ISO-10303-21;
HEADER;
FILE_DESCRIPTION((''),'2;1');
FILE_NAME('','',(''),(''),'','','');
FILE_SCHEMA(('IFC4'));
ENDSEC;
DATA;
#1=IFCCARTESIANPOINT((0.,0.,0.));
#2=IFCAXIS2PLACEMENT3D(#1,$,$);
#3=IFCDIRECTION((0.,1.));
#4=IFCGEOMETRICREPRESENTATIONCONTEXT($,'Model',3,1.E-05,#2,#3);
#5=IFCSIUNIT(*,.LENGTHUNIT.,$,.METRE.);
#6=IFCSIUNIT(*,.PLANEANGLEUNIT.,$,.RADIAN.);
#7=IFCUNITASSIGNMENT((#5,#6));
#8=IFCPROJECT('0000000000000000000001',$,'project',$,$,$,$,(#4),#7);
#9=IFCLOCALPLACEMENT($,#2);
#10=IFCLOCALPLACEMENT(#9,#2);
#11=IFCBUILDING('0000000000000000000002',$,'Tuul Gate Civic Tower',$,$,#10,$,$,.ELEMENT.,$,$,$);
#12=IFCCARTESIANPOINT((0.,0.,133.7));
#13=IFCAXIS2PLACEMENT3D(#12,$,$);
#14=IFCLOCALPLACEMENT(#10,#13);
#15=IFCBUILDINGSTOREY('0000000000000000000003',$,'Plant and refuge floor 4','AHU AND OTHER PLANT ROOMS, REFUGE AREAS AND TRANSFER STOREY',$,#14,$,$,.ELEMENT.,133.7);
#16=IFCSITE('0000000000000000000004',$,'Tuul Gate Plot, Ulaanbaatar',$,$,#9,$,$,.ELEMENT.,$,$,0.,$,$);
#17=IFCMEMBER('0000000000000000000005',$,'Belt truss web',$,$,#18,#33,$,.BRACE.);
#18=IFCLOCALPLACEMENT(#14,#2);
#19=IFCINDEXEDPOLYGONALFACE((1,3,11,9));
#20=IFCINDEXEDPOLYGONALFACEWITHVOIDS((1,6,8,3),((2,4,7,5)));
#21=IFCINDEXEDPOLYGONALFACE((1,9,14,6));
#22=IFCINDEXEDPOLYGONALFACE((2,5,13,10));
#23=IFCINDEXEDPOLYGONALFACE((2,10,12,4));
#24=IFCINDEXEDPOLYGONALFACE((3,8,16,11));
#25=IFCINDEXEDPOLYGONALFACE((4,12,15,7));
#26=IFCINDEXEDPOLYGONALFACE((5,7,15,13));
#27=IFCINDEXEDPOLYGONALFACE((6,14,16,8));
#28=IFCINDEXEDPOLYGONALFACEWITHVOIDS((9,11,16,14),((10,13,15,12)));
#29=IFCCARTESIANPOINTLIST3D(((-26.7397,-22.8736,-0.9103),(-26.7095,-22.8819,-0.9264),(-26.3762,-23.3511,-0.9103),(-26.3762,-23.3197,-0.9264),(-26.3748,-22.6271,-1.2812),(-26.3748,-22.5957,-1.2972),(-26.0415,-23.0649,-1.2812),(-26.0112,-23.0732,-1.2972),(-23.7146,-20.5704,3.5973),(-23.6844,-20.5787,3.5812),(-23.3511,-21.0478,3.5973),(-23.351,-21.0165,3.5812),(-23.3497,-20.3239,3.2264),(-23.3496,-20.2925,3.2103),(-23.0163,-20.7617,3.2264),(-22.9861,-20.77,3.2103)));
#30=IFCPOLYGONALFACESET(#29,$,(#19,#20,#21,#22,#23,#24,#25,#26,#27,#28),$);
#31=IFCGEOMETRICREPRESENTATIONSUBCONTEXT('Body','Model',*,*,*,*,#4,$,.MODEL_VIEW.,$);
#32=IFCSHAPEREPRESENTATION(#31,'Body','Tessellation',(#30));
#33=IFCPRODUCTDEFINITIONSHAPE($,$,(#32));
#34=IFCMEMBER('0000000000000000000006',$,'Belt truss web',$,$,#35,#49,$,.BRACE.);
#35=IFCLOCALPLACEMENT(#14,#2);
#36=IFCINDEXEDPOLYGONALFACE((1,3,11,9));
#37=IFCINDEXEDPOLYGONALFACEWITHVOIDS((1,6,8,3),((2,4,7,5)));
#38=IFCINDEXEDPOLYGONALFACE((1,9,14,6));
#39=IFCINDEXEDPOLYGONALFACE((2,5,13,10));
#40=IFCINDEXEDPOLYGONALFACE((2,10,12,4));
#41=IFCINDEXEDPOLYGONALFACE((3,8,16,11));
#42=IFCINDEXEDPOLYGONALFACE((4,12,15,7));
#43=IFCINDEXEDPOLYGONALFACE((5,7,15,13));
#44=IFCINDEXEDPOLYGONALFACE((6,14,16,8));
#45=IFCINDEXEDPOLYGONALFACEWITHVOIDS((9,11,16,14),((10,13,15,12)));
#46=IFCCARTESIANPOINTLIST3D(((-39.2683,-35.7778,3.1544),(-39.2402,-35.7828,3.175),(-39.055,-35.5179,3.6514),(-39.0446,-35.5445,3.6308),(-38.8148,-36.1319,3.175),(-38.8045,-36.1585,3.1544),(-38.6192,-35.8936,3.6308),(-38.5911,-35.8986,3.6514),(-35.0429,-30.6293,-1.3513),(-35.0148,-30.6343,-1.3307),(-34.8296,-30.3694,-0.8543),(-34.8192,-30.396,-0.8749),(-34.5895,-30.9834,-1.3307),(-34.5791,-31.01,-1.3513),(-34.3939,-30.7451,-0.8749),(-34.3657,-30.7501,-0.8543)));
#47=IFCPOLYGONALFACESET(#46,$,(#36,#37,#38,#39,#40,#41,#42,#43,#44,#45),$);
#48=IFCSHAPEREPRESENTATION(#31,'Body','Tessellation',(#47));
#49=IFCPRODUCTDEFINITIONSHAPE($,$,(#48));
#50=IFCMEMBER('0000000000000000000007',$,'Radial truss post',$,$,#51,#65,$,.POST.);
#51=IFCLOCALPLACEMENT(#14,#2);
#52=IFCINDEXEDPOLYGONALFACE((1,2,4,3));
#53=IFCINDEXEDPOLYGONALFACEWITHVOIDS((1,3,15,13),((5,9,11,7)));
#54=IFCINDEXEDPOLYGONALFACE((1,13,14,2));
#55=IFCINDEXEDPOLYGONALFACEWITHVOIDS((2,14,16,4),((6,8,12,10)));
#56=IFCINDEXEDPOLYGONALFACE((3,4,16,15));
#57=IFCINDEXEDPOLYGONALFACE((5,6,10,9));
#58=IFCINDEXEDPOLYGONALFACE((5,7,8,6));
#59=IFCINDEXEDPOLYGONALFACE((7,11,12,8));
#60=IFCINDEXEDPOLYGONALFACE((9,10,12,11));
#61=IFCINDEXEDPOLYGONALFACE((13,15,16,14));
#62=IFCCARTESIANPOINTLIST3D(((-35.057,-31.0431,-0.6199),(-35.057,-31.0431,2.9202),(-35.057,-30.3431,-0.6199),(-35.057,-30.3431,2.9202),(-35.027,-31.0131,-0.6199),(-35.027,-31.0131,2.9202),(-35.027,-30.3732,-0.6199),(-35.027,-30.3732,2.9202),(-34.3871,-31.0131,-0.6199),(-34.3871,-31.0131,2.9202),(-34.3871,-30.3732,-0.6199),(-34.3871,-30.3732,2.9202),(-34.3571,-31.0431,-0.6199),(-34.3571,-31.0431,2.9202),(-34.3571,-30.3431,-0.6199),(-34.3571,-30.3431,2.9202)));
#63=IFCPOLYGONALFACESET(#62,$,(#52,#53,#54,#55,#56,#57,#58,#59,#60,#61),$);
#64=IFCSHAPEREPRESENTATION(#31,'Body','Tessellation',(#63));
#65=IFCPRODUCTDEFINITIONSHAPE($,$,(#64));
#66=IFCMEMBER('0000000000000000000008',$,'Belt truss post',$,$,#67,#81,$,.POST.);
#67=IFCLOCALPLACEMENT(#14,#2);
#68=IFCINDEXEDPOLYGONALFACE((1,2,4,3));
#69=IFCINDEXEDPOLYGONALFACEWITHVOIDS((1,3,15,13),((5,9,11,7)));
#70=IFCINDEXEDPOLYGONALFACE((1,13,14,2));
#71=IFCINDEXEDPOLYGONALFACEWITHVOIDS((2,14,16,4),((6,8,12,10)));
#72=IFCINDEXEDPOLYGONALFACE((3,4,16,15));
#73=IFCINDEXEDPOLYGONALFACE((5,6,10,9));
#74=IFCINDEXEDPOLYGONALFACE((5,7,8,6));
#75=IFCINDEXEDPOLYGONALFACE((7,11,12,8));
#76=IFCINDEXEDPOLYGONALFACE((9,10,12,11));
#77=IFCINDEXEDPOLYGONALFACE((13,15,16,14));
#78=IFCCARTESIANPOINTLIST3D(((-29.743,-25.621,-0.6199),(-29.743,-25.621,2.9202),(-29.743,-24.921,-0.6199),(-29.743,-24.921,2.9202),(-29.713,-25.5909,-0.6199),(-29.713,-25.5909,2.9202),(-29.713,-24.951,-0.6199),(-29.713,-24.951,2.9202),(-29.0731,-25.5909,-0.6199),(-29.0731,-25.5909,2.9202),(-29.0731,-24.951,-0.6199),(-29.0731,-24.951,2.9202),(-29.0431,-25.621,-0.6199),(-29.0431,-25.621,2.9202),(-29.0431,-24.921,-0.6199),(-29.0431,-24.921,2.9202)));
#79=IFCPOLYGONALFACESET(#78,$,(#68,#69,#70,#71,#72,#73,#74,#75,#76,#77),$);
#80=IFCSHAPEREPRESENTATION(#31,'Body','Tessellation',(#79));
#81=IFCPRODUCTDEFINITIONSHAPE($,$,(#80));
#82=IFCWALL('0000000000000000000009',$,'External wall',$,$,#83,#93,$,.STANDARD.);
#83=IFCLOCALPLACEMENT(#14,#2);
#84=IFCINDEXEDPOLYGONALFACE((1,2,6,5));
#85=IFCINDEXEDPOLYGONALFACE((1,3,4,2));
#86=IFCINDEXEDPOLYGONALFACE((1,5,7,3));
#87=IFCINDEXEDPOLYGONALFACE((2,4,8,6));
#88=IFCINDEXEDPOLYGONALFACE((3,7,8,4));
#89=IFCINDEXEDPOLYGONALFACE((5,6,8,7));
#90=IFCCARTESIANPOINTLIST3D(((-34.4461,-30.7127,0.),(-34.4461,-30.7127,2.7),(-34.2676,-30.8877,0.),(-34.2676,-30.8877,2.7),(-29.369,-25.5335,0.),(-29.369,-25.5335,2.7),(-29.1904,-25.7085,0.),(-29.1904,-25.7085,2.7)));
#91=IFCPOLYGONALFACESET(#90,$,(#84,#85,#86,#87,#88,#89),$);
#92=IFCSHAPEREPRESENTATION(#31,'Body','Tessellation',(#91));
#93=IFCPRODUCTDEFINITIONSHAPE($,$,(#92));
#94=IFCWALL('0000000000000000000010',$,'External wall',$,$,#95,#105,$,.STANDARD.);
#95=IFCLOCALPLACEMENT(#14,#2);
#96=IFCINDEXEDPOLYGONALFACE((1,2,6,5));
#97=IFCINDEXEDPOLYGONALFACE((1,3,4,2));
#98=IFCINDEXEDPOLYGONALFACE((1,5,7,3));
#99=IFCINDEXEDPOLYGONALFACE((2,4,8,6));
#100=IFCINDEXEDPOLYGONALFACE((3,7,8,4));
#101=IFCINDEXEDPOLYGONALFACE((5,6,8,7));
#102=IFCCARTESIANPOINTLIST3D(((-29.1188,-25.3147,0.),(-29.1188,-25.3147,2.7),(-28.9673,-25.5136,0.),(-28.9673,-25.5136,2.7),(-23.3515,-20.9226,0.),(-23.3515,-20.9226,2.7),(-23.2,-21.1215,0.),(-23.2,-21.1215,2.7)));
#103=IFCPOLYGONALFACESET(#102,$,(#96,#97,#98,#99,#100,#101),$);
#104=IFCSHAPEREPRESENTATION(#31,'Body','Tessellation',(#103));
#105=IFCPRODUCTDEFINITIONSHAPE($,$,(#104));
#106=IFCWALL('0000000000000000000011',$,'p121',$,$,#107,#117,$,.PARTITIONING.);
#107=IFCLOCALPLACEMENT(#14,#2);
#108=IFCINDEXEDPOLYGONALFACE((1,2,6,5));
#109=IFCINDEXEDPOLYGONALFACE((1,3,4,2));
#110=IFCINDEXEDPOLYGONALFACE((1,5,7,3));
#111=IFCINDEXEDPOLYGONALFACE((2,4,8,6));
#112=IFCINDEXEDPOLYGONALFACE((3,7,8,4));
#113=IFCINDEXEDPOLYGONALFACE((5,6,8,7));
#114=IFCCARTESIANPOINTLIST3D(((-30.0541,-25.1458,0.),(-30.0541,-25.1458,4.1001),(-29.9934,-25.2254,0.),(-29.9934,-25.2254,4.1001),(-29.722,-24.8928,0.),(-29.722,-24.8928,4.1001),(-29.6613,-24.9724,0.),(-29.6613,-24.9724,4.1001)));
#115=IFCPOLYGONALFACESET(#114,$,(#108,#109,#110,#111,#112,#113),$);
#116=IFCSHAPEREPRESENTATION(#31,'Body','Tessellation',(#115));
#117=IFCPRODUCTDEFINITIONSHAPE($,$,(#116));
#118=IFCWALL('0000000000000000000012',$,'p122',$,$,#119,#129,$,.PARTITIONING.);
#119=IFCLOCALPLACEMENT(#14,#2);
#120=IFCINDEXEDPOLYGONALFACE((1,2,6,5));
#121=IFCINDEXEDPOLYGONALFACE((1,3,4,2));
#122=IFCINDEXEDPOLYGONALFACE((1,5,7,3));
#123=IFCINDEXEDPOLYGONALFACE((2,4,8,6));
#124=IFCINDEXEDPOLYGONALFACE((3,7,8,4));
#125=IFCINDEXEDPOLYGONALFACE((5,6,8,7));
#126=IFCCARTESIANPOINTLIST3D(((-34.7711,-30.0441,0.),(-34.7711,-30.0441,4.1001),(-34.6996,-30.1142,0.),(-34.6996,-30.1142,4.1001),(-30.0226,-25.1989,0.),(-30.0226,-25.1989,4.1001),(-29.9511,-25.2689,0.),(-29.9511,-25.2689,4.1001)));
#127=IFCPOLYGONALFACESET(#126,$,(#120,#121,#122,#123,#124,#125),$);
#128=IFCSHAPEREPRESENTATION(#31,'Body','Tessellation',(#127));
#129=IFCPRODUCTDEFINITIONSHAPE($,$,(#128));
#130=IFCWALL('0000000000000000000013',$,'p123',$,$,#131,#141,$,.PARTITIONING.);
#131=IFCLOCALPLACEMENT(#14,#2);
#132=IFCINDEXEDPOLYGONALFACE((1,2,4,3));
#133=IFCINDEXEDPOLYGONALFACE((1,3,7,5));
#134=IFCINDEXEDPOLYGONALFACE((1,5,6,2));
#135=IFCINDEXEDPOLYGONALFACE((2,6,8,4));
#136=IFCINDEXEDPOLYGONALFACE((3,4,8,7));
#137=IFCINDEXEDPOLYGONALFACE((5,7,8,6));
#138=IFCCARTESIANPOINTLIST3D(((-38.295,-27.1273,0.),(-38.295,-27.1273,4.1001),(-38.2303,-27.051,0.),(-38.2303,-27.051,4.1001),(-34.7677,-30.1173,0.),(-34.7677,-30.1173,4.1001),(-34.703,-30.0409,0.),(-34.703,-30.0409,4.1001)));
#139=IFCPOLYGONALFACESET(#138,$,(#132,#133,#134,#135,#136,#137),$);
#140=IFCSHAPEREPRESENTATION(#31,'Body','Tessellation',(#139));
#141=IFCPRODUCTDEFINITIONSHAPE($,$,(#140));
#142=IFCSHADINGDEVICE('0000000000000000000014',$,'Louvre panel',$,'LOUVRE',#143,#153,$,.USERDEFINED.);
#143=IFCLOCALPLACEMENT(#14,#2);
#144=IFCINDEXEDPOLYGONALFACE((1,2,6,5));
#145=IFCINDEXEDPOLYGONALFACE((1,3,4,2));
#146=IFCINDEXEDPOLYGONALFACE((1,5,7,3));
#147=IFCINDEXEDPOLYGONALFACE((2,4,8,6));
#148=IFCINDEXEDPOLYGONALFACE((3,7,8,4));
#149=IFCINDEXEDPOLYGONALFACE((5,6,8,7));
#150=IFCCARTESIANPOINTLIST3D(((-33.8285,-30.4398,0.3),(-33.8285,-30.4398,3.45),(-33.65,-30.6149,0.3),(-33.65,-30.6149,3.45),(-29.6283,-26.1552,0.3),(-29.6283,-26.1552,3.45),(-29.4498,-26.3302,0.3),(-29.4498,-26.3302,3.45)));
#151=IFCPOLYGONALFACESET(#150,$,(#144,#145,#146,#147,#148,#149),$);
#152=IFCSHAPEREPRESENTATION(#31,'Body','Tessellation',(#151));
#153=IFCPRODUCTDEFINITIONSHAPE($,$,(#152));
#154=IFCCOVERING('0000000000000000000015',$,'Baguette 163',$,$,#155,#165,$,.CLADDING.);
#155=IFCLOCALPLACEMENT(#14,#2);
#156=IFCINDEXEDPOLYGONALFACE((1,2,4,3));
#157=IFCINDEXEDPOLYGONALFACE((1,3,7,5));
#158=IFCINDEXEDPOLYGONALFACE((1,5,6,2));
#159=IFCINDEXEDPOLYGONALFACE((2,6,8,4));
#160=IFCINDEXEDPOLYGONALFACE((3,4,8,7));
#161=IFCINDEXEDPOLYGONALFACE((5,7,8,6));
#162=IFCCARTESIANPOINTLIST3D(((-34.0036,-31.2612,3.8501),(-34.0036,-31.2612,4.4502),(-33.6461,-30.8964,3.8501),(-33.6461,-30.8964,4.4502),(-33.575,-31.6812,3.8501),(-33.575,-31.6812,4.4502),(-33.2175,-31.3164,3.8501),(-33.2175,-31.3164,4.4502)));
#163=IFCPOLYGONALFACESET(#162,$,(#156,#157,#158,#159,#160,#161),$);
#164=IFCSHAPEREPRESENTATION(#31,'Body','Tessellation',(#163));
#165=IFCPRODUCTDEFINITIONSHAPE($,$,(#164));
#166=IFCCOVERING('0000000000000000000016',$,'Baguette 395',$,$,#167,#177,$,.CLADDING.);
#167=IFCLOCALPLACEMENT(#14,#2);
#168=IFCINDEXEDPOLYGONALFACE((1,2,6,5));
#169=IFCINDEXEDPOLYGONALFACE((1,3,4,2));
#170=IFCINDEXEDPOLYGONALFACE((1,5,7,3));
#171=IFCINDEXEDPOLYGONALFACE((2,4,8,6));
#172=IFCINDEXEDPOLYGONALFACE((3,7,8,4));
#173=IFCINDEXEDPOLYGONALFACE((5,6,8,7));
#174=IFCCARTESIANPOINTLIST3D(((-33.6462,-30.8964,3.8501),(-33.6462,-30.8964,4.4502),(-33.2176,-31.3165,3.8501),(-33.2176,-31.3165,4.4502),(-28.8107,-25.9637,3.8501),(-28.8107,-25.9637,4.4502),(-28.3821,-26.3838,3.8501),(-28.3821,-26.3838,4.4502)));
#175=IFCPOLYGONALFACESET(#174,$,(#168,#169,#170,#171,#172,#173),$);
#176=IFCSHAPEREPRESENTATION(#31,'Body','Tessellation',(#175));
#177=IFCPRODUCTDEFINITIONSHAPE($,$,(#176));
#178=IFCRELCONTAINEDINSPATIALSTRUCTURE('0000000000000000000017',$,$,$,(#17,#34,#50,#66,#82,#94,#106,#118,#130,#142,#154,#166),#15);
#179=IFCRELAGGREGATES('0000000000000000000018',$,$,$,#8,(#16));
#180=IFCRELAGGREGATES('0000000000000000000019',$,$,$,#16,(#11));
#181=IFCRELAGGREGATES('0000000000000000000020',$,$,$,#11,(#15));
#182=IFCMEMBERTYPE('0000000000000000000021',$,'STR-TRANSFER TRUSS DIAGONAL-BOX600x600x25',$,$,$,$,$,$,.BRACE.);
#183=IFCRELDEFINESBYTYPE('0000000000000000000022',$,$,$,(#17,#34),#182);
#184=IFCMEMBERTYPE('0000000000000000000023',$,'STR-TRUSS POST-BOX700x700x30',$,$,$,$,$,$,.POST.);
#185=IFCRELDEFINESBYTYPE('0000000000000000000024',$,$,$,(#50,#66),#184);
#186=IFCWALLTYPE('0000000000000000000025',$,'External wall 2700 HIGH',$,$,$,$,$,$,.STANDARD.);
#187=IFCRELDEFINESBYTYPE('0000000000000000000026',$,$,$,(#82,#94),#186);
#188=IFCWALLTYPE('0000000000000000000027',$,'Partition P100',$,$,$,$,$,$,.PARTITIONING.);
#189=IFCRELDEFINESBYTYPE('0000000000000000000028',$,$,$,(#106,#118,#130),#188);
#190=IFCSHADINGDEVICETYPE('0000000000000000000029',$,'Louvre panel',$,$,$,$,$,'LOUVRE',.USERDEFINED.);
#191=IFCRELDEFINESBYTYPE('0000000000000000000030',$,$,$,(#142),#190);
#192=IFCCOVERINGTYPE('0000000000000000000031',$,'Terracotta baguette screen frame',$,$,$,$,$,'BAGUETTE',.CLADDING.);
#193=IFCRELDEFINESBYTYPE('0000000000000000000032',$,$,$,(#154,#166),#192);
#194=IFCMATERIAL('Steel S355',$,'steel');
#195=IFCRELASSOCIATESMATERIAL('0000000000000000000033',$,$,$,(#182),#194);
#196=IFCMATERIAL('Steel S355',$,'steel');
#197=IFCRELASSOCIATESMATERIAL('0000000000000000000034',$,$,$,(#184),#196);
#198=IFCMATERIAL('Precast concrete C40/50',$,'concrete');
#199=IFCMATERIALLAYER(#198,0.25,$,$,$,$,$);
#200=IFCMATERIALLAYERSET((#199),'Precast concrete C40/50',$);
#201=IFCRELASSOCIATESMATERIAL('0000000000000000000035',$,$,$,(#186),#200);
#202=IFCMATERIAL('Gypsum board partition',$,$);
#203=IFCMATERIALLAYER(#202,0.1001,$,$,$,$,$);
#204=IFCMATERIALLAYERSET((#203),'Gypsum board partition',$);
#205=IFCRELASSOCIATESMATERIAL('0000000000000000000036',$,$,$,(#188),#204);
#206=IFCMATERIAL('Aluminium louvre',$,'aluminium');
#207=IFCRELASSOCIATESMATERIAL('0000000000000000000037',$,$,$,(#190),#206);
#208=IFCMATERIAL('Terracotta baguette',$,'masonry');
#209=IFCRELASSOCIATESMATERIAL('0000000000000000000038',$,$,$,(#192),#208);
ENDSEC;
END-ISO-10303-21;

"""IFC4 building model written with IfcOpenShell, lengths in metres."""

from ifc_helpers import new_model, si_unit, direction, frame, frame_2d, origin, origin_2d, place, context, subcontext, project, spatial, rectangle, hollow_rectangle, extrude, material, layer, layer_set, material_profile, profile_set, type_object, element, save


model = new_model("IFC4")

# Units and contexts
model_context = context("Model", 3, precision=1e-05, world=origin(), true_north=direction((0.0, 1.0)))
body_context = subcontext(model_context, "Body", "Model", "MODEL_VIEW")
ifc_project = project(units=[si_unit("LENGTHUNIT", "METRE"), si_unit("PLANEANGLEUNIT", "RADIAN")], contexts=[model_context])

# Site, building, storey
site_placement = place(None, origin())
site = spatial("IfcSite", under=ifc_project, at=site_placement, Name="Tuul Gate Plot, Ulaanbaatar", CompositionType="ELEMENT", RefElevation=0.0)
building_placement = place(site_placement, origin())
building = spatial("IfcBuilding", under=site, at=building_placement, Name="Tuul Gate Civic Tower", CompositionType="ELEMENT")
storey_placement = place(building_placement, frame((0.0, 0.0, 133.7)))
storey = spatial("IfcBuildingStorey", under=building, at=storey_placement, Name="Plant and refuge floor 4", Description="AHU AND OTHER PLANT ROOMS, REFUGE AREAS AND TRANSFER STOREY", CompositionType="ELEMENT", Elevation=133.7)

# Members
ifc_material_1 = material(Name="Steel S355", Category="steel")
ifc_material_profile_1 = material_profile(ifc_material_1, hollow_rectangle(XDim=0.6001, YDim=0.6001, WallThickness=0.0249, at=origin_2d()), Name="BOX600x600x25")
ifc_profile_set_1 = profile_set([ifc_material_profile_1], Name="Steel S355")
member_type_1 = type_object("IfcMemberType", Name="STR-TRANSFER TRUSS DIAGONAL-BOX600x600x25", PredefinedType="BRACE", material=ifc_profile_set_1)
for number, where, z_axis, x_axis, name in (
    (1, (-26.3755, -22.9734, -1.1038), (0.512998, 0.390576, 0.764384), (-0.605768, 0.795641, 0.0), "Belt truss web"),
):
    element("IfcMember", number, at=place(storey_placement, frame(where, z_axis=z_axis, x_axis=x_axis)), inside=storey, type_object=member_type_1, Name=name, PredefinedType="BRACE", context=body_context, shape_type="SweptSolid", body=[
        extrude(hollow_rectangle(XDim=0.6001, YDim=0.6001, WallThickness=0.0249, at=origin_2d()), origin(), (0.0, 0.0, 1.0), 5.897),
    ])
member_1_placement = place(storey_placement, frame((-34.7043, -30.6897, -1.1028), z_axis=(-0.525463, -0.640259, 0.560318), x_axis=(0.773001, -0.634405, 0.0)))
element("IfcMember", 2, at=member_1_placement, inside=storey, type_object=member_type_1, Name="Belt truss web", PredefinedType="BRACE", context=body_context, shape_type="SweptSolid", body=[
    extrude(hollow_rectangle(XDim=0.6001, YDim=0.6001, WallThickness=0.0249, at=origin_2d()), origin(), (0.0, 0.0, 1.0), 8.0413),
])
ifc_material_2 = material(Name="Steel S355", Category="steel")
ifc_material_profile_2 = material_profile(ifc_material_2, hollow_rectangle(XDim=0.7, YDim=0.7, WallThickness=0.03, at=origin_2d()), Name="BOX700x700x30")
ifc_profile_set_2 = profile_set([ifc_material_profile_2], Name="Steel S355")
member_type_2 = type_object("IfcMemberType", Name="STR-TRUSS POST-BOX700x700x30", PredefinedType="POST", material=ifc_profile_set_2)
for number, where, z_axis, x_axis, name in (
    (3, (-34.707, -30.6931, -0.6199), (0.0, 0.0, 1.0), (1.0, 0.0, 0.0), "Radial truss post"),
    (4, (-29.3931, -25.271, -0.6199), (0.0, 0.0, 1.0), (1.0, 0.0, 0.0), "Belt truss post"),
):
    element("IfcMember", number, at=place(storey_placement, frame(where, z_axis=z_axis, x_axis=x_axis)), inside=storey, type_object=member_type_2, Name=name, PredefinedType="POST", context=body_context, shape_type="SweptSolid", body=[
        extrude(hollow_rectangle(XDim=0.7, YDim=0.7, WallThickness=0.03, at=origin_2d()), origin(), (0.0, 0.0, 1.0), 3.54),
    ])

# Walls
ifc_material_3 = material(Name="Precast concrete C40/50", Category="concrete")
ifc_layer_1 = layer(ifc_material_3, 0.25)
ifc_layer_set_1 = layer_set([ifc_layer_1], Name="Precast concrete C40/50")
wall_type_1 = type_object("IfcWallType", Name="External wall 2700 HIGH", PredefinedType="STANDARD", material=ifc_layer_set_1)
wall_1_placement = place(storey_placement, frame((-34.3569, -30.8003, 0.0), z_axis=(0.0, 0.0, 1.0), x_axis=(0.700036, 0.714107, 0.0)))
element("IfcWall", 5, at=wall_1_placement, inside=storey, type_object=wall_type_1, Name="External wall", PredefinedType="STANDARD", context=body_context, shape_type="SweptSolid", body=[
    extrude(rectangle(XDim=7.2527, YDim=0.25, at=frame_2d((3.6265, 0.0))), origin(), (0.0, 0.0, 1.0), 2.7),
])
wall_2_placement = place(storey_placement, frame((-29.043, -25.4141, 0.0), z_axis=(0.0, 0.0, 1.0), x_axis=(0.795569, 0.605863, 0.0)))
element("IfcWall", 6, at=wall_2_placement, inside=storey, type_object=wall_type_1, Name="External wall", PredefinedType="STANDARD", context=body_context, shape_type="SweptSolid", body=[
    extrude(rectangle(XDim=7.2493, YDim=0.25, at=frame_2d((3.6245, 0.0))), origin(), (0.0, 0.0, 1.0), 2.7),
])
ifc_material_4 = material(Name="Gypsum board partition")
ifc_layer_2 = layer(ifc_material_4, 0.1001)
ifc_layer_set_2 = layer_set([ifc_layer_2], Name="Gypsum board partition")
wall_type_2 = type_object("IfcWallType", Name="Partition P100", PredefinedType="PARTITIONING", material=ifc_layer_set_2)
wall_3_placement = place(storey_placement, frame((-29.6917, -24.9326, 0.0), z_axis=(0.0, 0.0, 1.0), x_axis=(-0.795485, -0.605973, 0.0)))
element("IfcWall", 7, at=wall_3_placement, inside=storey, type_object=wall_type_2, Name="p121", PredefinedType="PARTITIONING", context=body_context, shape_type="SweptSolid", body=[
    extrude(rectangle(XDim=0.4175, YDim=0.1001, at=frame_2d((0.2087, 0.0))), origin(), (0.0, 0.0, 1.0), 4.1001),
])
wall_4_placement = place(storey_placement, frame((-29.9868, -25.2339, 0.0), z_axis=(0.0, 0.0, 1.0), x_axis=(-0.699945, -0.714196, 0.0)))
element("IfcWall", 8, at=wall_4_placement, inside=storey, type_object=wall_type_2, Name="p122", PredefinedType="PARTITIONING", context=body_context, shape_type="SweptSolid", body=[
    extrude(rectangle(XDim=6.7842, YDim=0.1001, at=frame_2d((3.3921, 0.0))), origin(), (0.0, 0.0, 1.0), 4.1001),
])
wall_5_placement = place(storey_placement, frame((-34.7354, -30.0791, 0.0), z_axis=(0.0, 0.0, 1.0), x_axis=(-0.762819, 0.646612, 0.0)))
element("IfcWall", 9, at=wall_5_placement, inside=storey, type_object=wall_type_2, Name="p123", PredefinedType="PARTITIONING", context=body_context, shape_type="SweptSolid", body=[
    extrude(rectangle(XDim=4.624, YDim=0.1001, at=frame_2d((2.312, 0.0))), origin(), (0.0, 0.0, 1.0), 4.1001),
])

# Shading device
ifc_material_5 = material(Name="Aluminium louvre", Category="aluminium")
shading_device_type = type_object("IfcShadingDeviceType", Name="Louvre panel", ElementType="LOUVRE", PredefinedType="USERDEFINED", material=ifc_material_5)
shading_device_placement = place(storey_placement, frame((-31.6392, -28.385, 0.3), z_axis=(0.0, 0.0, 1.0), x_axis=(0.714113, -0.70003, 0.0)))
element("IfcShadingDevice", 10, at=shading_device_placement, inside=storey, type_object=shading_device_type, Name="Louvre panel", ObjectType="LOUVRE", PredefinedType="USERDEFINED", context=body_context, shape_type="SweptSolid", body=[
    extrude(rectangle(XDim=0.25, YDim=6.0, at=origin_2d()), origin(), (0.0, 0.0, 1.0), 3.1499),
])

# Coverings
ifc_material_6 = material(Name="Terracotta baguette", Category="masonry")
ifc_material_profile_3 = material_profile(ifc_material_6, rectangle(XDim=0.6001, YDim=0.6001, at=origin_2d()), Name="Terracotta baguette screen frame")
ifc_profile_set_3 = profile_set([ifc_material_profile_3], Name="Terracotta baguette")
covering_type = type_object("IfcCoveringType", Name="Terracotta baguette screen frame", ElementType="BAGUETTE", PredefinedType="CLADDING", material=ifc_profile_set_3)
covering_1_placement = place(storey_placement, frame((-33.7893, -31.4712, 4.1501), z_axis=(0.699899, 0.714242, 0.0), x_axis=(-0.714242, 0.699899, 0.0)))
element("IfcCovering", 11, at=covering_1_placement, inside=storey, type_object=covering_type, Name="Baguette 163", PredefinedType="CLADDING", context=body_context, shape_type="SweptSolid", body=[
    extrude(rectangle(XDim=0.6001, YDim=0.6001, at=origin_2d()), origin(), (0.0, 0.0, 1.0), 0.5107),
])
covering_2_placement = place(storey_placement, frame((-33.4319, -31.1064, 4.1501), z_axis=(0.700038, 0.714105, 0.0), x_axis=(-0.714105, 0.700038, 0.0)))
element("IfcCovering", 12, at=covering_2_placement, inside=storey, type_object=covering_type, Name="Baguette 395", PredefinedType="CLADDING", context=body_context, shape_type="SweptSolid", body=[
    extrude(rectangle(XDim=0.6001, YDim=0.6001, at=origin_2d()), origin(), (0.0, 0.0, 1.0), 6.9075),
])

save(model, "model.ifc")
